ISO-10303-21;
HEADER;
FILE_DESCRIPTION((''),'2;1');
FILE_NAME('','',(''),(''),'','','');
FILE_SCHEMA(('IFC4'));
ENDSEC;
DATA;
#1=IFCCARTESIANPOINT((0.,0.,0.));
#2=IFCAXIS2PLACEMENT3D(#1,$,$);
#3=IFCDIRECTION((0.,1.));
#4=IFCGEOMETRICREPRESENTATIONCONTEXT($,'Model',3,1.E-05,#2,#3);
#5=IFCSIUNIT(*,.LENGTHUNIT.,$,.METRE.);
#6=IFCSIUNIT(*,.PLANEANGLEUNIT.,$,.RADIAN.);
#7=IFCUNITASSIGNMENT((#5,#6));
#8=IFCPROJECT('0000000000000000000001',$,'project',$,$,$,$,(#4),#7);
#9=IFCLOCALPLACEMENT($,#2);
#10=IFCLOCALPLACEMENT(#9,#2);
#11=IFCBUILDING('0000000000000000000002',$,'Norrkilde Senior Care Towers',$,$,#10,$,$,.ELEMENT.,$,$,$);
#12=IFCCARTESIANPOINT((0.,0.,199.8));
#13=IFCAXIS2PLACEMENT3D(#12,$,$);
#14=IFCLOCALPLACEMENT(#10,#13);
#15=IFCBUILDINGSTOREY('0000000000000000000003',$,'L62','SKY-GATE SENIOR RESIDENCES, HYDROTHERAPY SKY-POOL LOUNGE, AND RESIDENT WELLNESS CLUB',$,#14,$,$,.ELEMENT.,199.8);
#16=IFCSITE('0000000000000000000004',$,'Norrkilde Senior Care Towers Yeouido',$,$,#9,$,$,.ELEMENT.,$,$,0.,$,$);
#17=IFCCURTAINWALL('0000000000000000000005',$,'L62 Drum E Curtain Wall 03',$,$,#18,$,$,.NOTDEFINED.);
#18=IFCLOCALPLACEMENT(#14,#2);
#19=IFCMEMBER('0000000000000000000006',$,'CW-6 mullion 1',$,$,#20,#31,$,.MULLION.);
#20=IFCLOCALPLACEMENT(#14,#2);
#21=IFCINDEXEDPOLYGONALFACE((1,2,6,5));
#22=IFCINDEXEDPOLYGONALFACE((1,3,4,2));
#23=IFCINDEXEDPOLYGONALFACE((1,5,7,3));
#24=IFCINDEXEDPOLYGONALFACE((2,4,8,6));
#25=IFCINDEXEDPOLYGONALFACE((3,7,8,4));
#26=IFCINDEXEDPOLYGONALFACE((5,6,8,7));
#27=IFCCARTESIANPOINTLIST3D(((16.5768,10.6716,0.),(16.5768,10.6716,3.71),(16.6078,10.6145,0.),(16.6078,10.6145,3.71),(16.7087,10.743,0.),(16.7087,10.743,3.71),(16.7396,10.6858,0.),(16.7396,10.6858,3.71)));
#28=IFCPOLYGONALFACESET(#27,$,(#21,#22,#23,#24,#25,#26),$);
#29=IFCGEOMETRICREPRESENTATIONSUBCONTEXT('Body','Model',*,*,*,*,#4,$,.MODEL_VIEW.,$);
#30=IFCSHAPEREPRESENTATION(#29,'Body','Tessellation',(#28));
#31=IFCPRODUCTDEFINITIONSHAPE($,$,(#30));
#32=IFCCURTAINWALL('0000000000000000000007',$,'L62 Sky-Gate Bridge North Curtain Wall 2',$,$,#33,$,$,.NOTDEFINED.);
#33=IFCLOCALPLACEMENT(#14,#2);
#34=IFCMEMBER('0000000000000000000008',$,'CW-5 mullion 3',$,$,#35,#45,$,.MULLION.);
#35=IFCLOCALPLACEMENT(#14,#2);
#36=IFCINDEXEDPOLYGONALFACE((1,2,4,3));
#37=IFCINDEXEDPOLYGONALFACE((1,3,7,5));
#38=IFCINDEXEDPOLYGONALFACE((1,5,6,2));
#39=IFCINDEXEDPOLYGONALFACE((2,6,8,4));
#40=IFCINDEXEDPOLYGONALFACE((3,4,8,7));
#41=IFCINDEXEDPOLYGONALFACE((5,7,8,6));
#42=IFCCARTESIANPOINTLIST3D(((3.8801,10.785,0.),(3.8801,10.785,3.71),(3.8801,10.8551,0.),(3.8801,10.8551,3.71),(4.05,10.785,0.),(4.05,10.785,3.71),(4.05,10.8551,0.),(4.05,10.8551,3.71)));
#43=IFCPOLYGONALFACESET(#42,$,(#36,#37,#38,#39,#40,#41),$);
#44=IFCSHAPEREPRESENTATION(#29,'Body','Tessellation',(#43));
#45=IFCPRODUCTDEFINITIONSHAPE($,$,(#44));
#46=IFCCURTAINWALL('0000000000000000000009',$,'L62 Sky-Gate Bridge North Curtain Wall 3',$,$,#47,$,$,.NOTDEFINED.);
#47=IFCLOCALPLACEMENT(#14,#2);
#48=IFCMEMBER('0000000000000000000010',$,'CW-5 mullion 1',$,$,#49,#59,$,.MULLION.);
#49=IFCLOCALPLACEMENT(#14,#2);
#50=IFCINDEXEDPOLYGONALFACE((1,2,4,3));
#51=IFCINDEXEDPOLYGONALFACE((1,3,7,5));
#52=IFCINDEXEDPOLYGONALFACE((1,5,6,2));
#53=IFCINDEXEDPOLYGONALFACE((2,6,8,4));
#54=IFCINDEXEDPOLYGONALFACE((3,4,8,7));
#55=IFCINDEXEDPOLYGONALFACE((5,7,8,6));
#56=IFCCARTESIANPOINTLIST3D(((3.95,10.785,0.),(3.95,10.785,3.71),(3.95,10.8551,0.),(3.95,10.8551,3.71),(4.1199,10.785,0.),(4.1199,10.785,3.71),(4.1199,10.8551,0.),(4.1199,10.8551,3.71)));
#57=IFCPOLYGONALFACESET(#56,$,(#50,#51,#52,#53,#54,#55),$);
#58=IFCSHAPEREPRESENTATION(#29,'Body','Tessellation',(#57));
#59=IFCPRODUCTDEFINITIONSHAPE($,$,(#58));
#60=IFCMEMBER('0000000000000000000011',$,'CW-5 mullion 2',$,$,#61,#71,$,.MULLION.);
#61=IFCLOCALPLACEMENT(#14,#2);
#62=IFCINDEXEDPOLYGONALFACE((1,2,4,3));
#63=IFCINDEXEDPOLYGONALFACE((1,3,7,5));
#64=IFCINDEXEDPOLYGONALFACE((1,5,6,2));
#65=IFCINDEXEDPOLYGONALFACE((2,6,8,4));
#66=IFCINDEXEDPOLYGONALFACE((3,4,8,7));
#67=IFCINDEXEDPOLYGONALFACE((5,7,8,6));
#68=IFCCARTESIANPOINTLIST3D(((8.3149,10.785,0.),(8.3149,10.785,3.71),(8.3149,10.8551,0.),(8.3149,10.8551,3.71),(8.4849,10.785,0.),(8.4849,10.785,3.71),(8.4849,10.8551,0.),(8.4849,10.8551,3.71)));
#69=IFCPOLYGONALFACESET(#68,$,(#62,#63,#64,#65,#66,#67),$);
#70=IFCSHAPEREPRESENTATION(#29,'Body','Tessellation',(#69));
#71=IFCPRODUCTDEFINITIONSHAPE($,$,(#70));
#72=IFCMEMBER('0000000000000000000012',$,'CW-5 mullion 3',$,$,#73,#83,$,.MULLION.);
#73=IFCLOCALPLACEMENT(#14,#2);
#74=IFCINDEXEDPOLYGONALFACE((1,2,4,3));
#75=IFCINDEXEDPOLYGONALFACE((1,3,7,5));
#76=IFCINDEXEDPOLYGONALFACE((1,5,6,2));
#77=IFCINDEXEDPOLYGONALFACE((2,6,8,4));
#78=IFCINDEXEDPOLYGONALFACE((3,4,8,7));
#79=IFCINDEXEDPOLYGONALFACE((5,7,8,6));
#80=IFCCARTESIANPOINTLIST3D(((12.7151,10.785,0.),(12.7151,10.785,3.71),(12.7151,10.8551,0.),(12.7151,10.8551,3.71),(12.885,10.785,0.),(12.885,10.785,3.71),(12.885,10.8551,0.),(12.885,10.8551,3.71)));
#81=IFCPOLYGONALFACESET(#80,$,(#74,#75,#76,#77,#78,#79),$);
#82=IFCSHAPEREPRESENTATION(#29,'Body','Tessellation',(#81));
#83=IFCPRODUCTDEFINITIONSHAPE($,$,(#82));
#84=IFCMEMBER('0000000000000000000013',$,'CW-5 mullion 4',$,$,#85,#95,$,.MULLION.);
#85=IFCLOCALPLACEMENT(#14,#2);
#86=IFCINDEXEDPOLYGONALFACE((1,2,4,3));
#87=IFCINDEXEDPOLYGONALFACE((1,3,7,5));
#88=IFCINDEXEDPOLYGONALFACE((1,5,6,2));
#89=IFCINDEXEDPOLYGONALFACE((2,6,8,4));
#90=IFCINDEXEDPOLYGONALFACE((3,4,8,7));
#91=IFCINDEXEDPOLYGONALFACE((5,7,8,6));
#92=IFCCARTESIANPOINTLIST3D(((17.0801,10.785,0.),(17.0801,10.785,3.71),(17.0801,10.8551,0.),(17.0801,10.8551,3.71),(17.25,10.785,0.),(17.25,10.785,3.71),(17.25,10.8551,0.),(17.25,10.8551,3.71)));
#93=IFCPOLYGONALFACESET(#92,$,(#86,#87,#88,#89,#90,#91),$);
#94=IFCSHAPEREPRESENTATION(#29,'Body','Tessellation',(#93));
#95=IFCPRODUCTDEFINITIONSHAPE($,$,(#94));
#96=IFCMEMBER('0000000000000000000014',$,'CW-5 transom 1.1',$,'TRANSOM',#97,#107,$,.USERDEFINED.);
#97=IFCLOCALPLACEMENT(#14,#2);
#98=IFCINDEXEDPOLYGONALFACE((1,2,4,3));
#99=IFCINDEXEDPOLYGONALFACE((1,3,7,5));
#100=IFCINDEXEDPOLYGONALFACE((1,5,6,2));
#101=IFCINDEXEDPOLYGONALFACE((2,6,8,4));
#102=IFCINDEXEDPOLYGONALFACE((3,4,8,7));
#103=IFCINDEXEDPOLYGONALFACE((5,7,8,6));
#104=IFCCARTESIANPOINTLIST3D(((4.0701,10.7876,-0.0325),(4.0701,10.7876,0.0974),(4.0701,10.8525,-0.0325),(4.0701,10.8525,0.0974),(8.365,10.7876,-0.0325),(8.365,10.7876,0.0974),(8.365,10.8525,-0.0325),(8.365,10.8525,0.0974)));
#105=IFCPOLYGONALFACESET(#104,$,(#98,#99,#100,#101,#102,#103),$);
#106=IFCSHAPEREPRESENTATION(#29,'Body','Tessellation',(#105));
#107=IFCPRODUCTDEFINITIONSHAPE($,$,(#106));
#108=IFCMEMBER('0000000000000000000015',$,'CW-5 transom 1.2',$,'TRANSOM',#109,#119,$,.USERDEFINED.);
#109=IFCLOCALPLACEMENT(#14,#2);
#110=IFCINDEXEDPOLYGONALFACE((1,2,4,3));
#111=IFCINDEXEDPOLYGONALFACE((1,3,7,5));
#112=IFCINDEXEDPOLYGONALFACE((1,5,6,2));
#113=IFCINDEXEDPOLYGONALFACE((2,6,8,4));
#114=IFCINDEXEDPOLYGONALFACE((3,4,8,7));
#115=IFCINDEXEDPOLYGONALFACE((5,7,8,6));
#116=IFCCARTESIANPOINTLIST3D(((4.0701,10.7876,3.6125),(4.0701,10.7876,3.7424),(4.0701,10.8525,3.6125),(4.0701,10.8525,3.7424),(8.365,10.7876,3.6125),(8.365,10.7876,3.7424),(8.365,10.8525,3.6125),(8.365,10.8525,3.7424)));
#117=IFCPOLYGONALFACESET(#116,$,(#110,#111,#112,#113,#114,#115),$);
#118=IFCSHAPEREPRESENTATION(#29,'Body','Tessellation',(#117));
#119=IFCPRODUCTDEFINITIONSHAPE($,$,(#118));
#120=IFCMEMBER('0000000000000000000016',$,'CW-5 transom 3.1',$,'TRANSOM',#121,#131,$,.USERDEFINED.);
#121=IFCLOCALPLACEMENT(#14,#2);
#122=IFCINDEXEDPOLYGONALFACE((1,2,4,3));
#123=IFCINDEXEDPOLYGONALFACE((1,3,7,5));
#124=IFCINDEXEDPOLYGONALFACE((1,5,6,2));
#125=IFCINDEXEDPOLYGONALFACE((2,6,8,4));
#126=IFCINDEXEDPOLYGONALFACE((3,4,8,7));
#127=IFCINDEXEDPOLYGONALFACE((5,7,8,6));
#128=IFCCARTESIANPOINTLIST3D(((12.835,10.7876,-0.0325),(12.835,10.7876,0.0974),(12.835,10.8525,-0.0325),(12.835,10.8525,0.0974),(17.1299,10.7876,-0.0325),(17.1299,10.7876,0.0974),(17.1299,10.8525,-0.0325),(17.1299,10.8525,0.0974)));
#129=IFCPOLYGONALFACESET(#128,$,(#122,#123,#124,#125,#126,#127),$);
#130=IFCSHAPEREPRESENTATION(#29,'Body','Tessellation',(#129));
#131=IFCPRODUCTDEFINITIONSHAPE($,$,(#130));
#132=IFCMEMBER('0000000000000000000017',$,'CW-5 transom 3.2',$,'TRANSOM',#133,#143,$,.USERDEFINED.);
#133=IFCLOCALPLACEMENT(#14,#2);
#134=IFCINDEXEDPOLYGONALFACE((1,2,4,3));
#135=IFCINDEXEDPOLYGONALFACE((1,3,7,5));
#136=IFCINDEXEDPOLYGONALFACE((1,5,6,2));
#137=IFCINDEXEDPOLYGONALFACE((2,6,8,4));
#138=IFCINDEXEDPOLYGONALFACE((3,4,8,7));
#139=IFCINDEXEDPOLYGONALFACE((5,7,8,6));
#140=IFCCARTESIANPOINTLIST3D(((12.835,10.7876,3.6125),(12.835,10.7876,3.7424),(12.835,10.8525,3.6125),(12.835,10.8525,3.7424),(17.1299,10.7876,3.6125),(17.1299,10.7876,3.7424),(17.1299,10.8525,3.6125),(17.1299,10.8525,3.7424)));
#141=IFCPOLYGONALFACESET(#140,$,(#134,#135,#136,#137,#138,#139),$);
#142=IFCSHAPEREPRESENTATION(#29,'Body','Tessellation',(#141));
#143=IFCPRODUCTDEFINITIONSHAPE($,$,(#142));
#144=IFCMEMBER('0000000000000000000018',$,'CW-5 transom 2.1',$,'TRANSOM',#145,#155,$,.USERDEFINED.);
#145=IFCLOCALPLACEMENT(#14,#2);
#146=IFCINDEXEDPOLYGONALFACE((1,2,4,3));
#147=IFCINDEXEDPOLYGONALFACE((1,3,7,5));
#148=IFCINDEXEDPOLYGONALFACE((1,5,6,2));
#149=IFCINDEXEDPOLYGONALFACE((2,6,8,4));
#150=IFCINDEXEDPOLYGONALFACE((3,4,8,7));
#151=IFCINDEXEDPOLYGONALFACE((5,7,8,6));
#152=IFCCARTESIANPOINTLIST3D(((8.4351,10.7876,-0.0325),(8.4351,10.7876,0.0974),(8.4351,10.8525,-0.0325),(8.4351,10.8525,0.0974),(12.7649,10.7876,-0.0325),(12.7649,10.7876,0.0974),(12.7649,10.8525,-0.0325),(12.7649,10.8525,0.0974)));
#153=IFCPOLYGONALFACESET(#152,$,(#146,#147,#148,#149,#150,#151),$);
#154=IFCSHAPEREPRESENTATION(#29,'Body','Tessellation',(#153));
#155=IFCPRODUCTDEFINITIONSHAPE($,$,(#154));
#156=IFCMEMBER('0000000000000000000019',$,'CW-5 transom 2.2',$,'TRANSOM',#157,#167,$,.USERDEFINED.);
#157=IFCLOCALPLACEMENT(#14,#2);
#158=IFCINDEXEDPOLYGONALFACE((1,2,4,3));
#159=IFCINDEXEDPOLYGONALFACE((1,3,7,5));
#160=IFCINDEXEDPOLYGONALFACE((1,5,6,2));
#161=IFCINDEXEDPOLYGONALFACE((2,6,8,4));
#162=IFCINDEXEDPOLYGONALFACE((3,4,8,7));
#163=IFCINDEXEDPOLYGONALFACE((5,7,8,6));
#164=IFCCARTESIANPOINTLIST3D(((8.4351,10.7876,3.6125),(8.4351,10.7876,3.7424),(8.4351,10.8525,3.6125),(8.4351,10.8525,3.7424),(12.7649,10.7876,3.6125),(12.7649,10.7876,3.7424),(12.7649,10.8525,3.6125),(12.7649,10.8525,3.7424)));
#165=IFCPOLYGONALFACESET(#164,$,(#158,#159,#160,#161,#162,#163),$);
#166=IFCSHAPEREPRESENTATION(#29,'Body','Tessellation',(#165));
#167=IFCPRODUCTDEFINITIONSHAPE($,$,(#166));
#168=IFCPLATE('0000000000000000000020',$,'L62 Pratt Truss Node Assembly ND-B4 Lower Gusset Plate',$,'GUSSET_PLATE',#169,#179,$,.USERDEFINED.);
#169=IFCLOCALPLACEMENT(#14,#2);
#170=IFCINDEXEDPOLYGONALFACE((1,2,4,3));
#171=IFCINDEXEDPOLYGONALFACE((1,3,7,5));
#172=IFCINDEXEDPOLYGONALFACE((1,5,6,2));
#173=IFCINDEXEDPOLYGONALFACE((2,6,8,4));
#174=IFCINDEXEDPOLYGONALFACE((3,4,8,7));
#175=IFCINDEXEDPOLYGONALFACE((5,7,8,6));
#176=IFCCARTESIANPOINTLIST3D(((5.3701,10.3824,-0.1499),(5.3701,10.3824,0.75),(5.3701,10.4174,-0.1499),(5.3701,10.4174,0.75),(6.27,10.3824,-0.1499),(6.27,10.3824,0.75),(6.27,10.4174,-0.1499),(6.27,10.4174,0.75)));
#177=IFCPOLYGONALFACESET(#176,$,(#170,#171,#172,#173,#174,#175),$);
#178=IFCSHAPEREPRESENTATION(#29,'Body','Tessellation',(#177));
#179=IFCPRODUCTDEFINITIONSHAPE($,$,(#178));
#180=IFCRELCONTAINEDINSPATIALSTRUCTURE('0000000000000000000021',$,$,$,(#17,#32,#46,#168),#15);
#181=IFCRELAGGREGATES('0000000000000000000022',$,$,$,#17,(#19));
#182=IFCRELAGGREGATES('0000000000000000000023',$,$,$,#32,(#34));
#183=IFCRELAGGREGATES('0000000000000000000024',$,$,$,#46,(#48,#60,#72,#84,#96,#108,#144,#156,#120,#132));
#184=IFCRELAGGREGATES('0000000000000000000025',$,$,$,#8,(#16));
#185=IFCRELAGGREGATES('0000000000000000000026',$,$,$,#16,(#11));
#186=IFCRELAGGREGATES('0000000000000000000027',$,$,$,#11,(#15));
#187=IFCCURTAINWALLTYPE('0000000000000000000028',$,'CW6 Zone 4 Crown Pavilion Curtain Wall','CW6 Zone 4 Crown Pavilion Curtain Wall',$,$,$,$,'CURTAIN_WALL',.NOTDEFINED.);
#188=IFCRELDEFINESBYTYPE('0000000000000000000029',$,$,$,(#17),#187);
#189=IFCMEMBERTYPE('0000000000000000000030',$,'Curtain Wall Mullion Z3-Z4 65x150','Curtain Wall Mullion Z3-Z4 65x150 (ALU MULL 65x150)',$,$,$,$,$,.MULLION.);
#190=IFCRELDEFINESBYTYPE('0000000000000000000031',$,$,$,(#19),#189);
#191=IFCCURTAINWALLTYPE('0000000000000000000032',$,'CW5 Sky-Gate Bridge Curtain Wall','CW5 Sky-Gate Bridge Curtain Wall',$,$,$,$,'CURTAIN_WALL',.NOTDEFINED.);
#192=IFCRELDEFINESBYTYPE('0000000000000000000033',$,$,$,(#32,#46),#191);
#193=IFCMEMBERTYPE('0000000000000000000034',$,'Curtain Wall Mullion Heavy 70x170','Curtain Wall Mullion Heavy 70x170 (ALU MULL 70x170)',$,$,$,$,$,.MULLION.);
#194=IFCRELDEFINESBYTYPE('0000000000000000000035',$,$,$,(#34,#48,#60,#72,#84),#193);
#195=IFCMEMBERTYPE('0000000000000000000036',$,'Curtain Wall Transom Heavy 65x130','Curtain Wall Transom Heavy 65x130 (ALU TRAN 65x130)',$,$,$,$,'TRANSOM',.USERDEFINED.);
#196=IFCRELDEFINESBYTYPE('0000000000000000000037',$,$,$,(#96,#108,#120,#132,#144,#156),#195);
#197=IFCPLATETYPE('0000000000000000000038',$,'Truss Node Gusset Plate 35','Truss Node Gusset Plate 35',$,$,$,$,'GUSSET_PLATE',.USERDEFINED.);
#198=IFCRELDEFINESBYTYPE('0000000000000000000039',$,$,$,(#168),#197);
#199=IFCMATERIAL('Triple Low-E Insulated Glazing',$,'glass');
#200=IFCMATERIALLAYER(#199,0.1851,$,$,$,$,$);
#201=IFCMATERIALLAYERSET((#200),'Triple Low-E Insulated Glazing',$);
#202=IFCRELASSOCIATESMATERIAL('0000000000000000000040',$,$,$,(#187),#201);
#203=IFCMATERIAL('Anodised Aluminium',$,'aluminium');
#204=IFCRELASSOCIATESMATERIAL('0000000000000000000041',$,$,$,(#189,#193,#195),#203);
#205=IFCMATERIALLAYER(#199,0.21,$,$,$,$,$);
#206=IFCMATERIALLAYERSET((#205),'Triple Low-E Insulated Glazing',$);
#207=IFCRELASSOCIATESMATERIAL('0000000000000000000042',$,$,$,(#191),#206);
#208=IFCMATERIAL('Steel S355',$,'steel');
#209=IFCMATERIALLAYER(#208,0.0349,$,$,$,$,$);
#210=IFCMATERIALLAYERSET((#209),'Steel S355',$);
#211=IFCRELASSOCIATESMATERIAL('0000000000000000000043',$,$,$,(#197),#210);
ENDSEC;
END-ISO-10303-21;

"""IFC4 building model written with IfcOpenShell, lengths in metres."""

from ifc_helpers import new_model, si_unit, direction, frame, origin, origin_2d, place, context, subcontext, project, spatial, rectangle, extrude, source, transform, mapped, material, layer, layer_set, material_profile, profile_set, type_object, type_shapes, element, aggregate, save


model = new_model("IFC4")

# Units and contexts
model_context = context("Model", 3, precision=1e-05, world=origin(), true_north=direction((0.0, 1.0)))
body_context = subcontext(model_context, "Body", "Model", "MODEL_VIEW")
ifc_project = project(units=[si_unit("LENGTHUNIT", "METRE"), si_unit("PLANEANGLEUNIT", "RADIAN")], contexts=[model_context])

# Site, building, storey
site_placement = place(None, origin())
site = spatial("IfcSite", under=ifc_project, at=site_placement, Name="Norrkilde Senior Care Towers Yeouido", CompositionType="ELEMENT", RefElevation=0.0)
building_placement = place(site_placement, origin())
building = spatial("IfcBuilding", under=site, at=building_placement, Name="Norrkilde Senior Care Towers", CompositionType="ELEMENT")
storey_placement = place(building_placement, frame((0.0, 0.0, 199.8)))
storey = spatial("IfcBuildingStorey", under=building, at=storey_placement, Name="L62", Description="SKY-GATE SENIOR RESIDENCES, HYDROTHERAPY SKY-POOL LOUNGE, AND RESIDENT WELLNESS CLUB", CompositionType="ELEMENT", Elevation=199.8)

# Shared definitions
ifc_material_1 = material(Name="Steel S355", Category="steel")

# Curtain wall, member
ifc_material_2 = material(Name="Triple Low-E Insulated Glazing", Category="glass")
ifc_layer_1 = layer(ifc_material_2, 0.1851)
ifc_layer_set_1 = layer_set([ifc_layer_1], Name="Triple Low-E Insulated Glazing")
curtain_wall_type_1 = type_object("IfcCurtainWallType", Name="CW6 Zone 4 Crown Pavilion Curtain Wall", Description="CW6 Zone 4 Crown Pavilion Curtain Wall", ElementType="CURTAIN_WALL", PredefinedType="NOTDEFINED", material=ifc_layer_set_1)
curtain_wall_1_placement = place(storey_placement, origin())
curtain_wall_1 = element("IfcCurtainWall", 1, at=curtain_wall_1_placement, inside=storey, type_object=curtain_wall_type_1, Name="L62 Drum E Curtain Wall 03", PredefinedType="NOTDEFINED")
ifc_material_3 = material(Name="Anodised Aluminium", Category="aluminium")
ifc_material_profile_1 = material_profile(ifc_material_3, rectangle(XDim=0.0649, YDim=0.1499, at=origin_2d()), Name="ALU MULL 65x150")
ifc_profile_set_1 = profile_set([ifc_material_profile_1], Name="Anodised Aluminium")
member_type_1 = type_object("IfcMemberType", Name="Curtain Wall Mullion Z3-Z4 65x150", Description="Curtain Wall Mullion Z3-Z4 65x150 (ALU MULL 65x150)", PredefinedType="MULLION", material=ifc_profile_set_1)
shared_shape_1 = source(origin(), body_context, "Body", "SweptSolid", [
    extrude(rectangle(XDim=0.0649, YDim=0.1499, at=origin_2d()), origin(), (0.0, 0.0, 1.0), 3.71),
])
type_shapes(member_type_1, [shared_shape_1])
member_1_placement = place(storey_placement, frame((16.6582, 10.6787, 0.0), z_axis=(0.0, 0.0, 1.0), x_axis=(-0.476133, 0.879373, 0.0)))
member_1 = element("IfcMember", 2, at=member_1_placement, type_object=member_type_1, Name="CW-6 mullion 1", PredefinedType="MULLION", context=body_context, shape_type="MappedRepresentation", body=[
    mapped(shared_shape_1, transform((0.0, 0.0, 0.0), x_axis=(1.0, 0.0, 0.0), y_axis=(0.0, 1.0, 0.0), z_axis=(0.0, 0.0, 1.0), scale=1.0)),
])
aggregate(curtain_wall_1, [member_1])

# Curtain wall, member
ifc_layer_2 = layer(ifc_material_2, 0.21)
ifc_layer_set_2 = layer_set([ifc_layer_2], Name="Triple Low-E Insulated Glazing")
curtain_wall_type_2 = type_object("IfcCurtainWallType", Name="CW5 Sky-Gate Bridge Curtain Wall", Description="CW5 Sky-Gate Bridge Curtain Wall", ElementType="CURTAIN_WALL", PredefinedType="NOTDEFINED", material=ifc_layer_set_2)
curtain_wall_2_placement = place(storey_placement, origin())
curtain_wall_2 = element("IfcCurtainWall", 3, at=curtain_wall_2_placement, inside=storey, type_object=curtain_wall_type_2, Name="L62 Sky-Gate Bridge North Curtain Wall 2", PredefinedType="NOTDEFINED")
ifc_material_profile_2 = material_profile(ifc_material_3, rectangle(XDim=0.0701, YDim=0.1699, at=origin_2d()), Name="ALU MULL 70x170")
ifc_profile_set_2 = profile_set([ifc_material_profile_2], Name="Anodised Aluminium")
member_type_2 = type_object("IfcMemberType", Name="Curtain Wall Mullion Heavy 70x170", Description="Curtain Wall Mullion Heavy 70x170 (ALU MULL 70x170)", PredefinedType="MULLION", material=ifc_profile_set_2)
shared_shape_2 = source(origin(), body_context, "Body", "SweptSolid", [
    extrude(rectangle(XDim=0.0701, YDim=0.1699, at=origin_2d()), origin(), (0.0, 0.0, 1.0), 3.71),
])
type_shapes(member_type_2, [shared_shape_2])
member_2_placement = place(storey_placement, frame((3.9651, 10.8201, 0.0), z_axis=(0.0, 0.0, 1.0), x_axis=(0.0, 1.0, 0.0)))
member_2 = element("IfcMember", 4, at=member_2_placement, type_object=member_type_2, Name="CW-5 mullion 3", PredefinedType="MULLION", context=body_context, shape_type="MappedRepresentation", body=[
    mapped(shared_shape_2, transform((0.0, 0.0, 0.0), x_axis=(1.0, 0.0, 0.0), y_axis=(0.0, 1.0, 0.0), z_axis=(0.0, 0.0, 1.0), scale=1.0)),
])
aggregate(curtain_wall_2, [member_2])

# Curtain wall, members
curtain_wall_3_placement = place(storey_placement, origin())
curtain_wall_3 = element("IfcCurtainWall", 5, at=curtain_wall_3_placement, inside=storey, type_object=curtain_wall_type_2, Name="L62 Sky-Gate Bridge North Curtain Wall 3", PredefinedType="NOTDEFINED")
member_3_placement = place(storey_placement, frame((4.0349, 10.8201, 0.0), z_axis=(0.0, 0.0, 1.0), x_axis=(0.0, 1.0, 0.0)))
member_3 = element("IfcMember", 6, at=member_3_placement, type_object=member_type_2, Name="CW-5 mullion 1", PredefinedType="MULLION", context=body_context, shape_type="MappedRepresentation", body=[
    mapped(shared_shape_2, transform((0.0, 0.0, 0.0), x_axis=(1.0, 0.0, 0.0), y_axis=(0.0, 1.0, 0.0), z_axis=(0.0, 0.0, 1.0), scale=1.0)),
])
member_4_placement = place(storey_placement, frame((8.3999, 10.8201, 0.0), z_axis=(0.0, 0.0, 1.0), x_axis=(0.0, 1.0, 0.0)))
member_4 = element("IfcMember", 7, at=member_4_placement, type_object=member_type_2, Name="CW-5 mullion 2", PredefinedType="MULLION", context=body_context, shape_type="MappedRepresentation", body=[
    mapped(shared_shape_2, transform((0.0, 0.0, 0.0), x_axis=(1.0, 0.0, 0.0), y_axis=(0.0, 1.0, 0.0), z_axis=(0.0, 0.0, 1.0), scale=1.0)),
])
member_5_placement = place(storey_placement, frame((12.8, 10.8201, 0.0), z_axis=(0.0, 0.0, 1.0), x_axis=(0.0, 1.0, 0.0)))
member_5 = element("IfcMember", 8, at=member_5_placement, type_object=member_type_2, Name="CW-5 mullion 3", PredefinedType="MULLION", context=body_context, shape_type="MappedRepresentation", body=[
    mapped(shared_shape_2, transform((0.0, 0.0, 0.0), x_axis=(1.0, 0.0, 0.0), y_axis=(0.0, 1.0, 0.0), z_axis=(0.0, 0.0, 1.0), scale=1.0)),
])
member_6_placement = place(storey_placement, frame((17.165, 10.8201, 0.0), z_axis=(0.0, 0.0, 1.0), x_axis=(0.0, 1.0, 0.0)))
member_6 = element("IfcMember", 9, at=member_6_placement, type_object=member_type_2, Name="CW-5 mullion 4", PredefinedType="MULLION", context=body_context, shape_type="MappedRepresentation", body=[
    mapped(shared_shape_2, transform((0.0, 0.0, 0.0), x_axis=(1.0, 0.0, 0.0), y_axis=(0.0, 1.0, 0.0), z_axis=(0.0, 0.0, 1.0), scale=1.0)),
])
ifc_material_profile_3 = material_profile(ifc_material_3, rectangle(XDim=0.0649, YDim=0.1299, at=origin_2d()), Name="ALU TRAN 65x130")
ifc_profile_set_3 = profile_set([ifc_material_profile_3], Name="Anodised Aluminium")
member_type_3 = type_object("IfcMemberType", Name="Curtain Wall Transom Heavy 65x130", Description="Curtain Wall Transom Heavy 65x130 (ALU TRAN 65x130)", ElementType="TRANSOM", PredefinedType="USERDEFINED", material=ifc_profile_set_3)
shared_shape_3 = source(origin(), body_context, "Body", "SweptSolid", [
    extrude(rectangle(XDim=0.0649, YDim=0.1299, at=origin_2d()), origin(), (0.0, 0.0, 1.0), 4.2949),
])
member_7_placement = place(storey_placement, frame((4.0701, 10.8201, 0.0325), z_axis=(1.0, 0.0, 0.0), x_axis=(0.0, 1.0, 0.0)))
member_7 = element("IfcMember", 10, at=member_7_placement, type_object=member_type_3, Name="CW-5 transom 1.1", ObjectType="TRANSOM", PredefinedType="USERDEFINED", context=body_context, shape_type="MappedRepresentation", body=[
    mapped(shared_shape_3, transform((0.0, 0.0, 0.0), x_axis=(1.0, 0.0, 0.0), y_axis=(0.0, 1.0, 0.0), z_axis=(0.0, 0.0, 1.0), scale=1.0)),
])
member_8_placement = place(storey_placement, frame((4.0701, 10.8201, 3.6775), z_axis=(1.0, 0.0, 0.0), x_axis=(0.0, 1.0, 0.0)))
member_8 = element("IfcMember", 11, at=member_8_placement, type_object=member_type_3, Name="CW-5 transom 1.2", ObjectType="TRANSOM", PredefinedType="USERDEFINED", context=body_context, shape_type="MappedRepresentation", body=[
    mapped(shared_shape_3, transform((0.0, 0.0, 0.0), x_axis=(1.0, 0.0, 0.0), y_axis=(0.0, 1.0, 0.0), z_axis=(0.0, 0.0, 1.0), scale=1.0)),
])
member_9_placement = place(storey_placement, frame((12.835, 10.8201, 0.0325), z_axis=(1.0, 0.0, 0.0), x_axis=(0.0, 1.0, 0.0)))
member_9 = element("IfcMember", 12, at=member_9_placement, type_object=member_type_3, Name="CW-5 transom 3.1", ObjectType="TRANSOM", PredefinedType="USERDEFINED", context=body_context, shape_type="MappedRepresentation", body=[
    mapped(shared_shape_3, transform((0.0, 0.0, 0.0), x_axis=(1.0, 0.0, 0.0), y_axis=(0.0, 1.0, 0.0), z_axis=(0.0, 0.0, 1.0), scale=1.0)),
])
member_10_placement = place(storey_placement, frame((12.835, 10.8201, 3.6775), z_axis=(1.0, 0.0, 0.0), x_axis=(0.0, 1.0, 0.0)))
member_10 = element("IfcMember", 13, at=member_10_placement, type_object=member_type_3, Name="CW-5 transom 3.2", ObjectType="TRANSOM", PredefinedType="USERDEFINED", context=body_context, shape_type="MappedRepresentation", body=[
    mapped(shared_shape_3, transform((0.0, 0.0, 0.0), x_axis=(1.0, 0.0, 0.0), y_axis=(0.0, 1.0, 0.0), z_axis=(0.0, 0.0, 1.0), scale=1.0)),
])
shared_shape_4 = source(origin(), body_context, "Body", "SweptSolid", [
    extrude(rectangle(XDim=0.0649, YDim=0.1299, at=origin_2d()), origin(), (0.0, 0.0, 1.0), 4.3298),
])
type_shapes(member_type_3, [shared_shape_3, shared_shape_4])
member_11_placement = place(storey_placement, frame((8.4351, 10.8201, 0.0325), z_axis=(1.0, 0.0, 0.0), x_axis=(0.0, 1.0, 0.0)))
member_11 = element("IfcMember", 14, at=member_11_placement, type_object=member_type_3, Name="CW-5 transom 2.1", ObjectType="TRANSOM", PredefinedType="USERDEFINED", context=body_context, shape_type="MappedRepresentation", body=[
    mapped(shared_shape_4, transform((0.0, 0.0, 0.0), x_axis=(1.0, 0.0, 0.0), y_axis=(0.0, 1.0, 0.0), z_axis=(0.0, 0.0, 1.0), scale=1.0)),
])
member_12_placement = place(storey_placement, frame((8.4351, 10.8201, 3.6775), z_axis=(1.0, 0.0, 0.0), x_axis=(0.0, 1.0, 0.0)))
member_12 = element("IfcMember", 15, at=member_12_placement, type_object=member_type_3, Name="CW-5 transom 2.2", ObjectType="TRANSOM", PredefinedType="USERDEFINED", context=body_context, shape_type="MappedRepresentation", body=[
    mapped(shared_shape_4, transform((0.0, 0.0, 0.0), x_axis=(1.0, 0.0, 0.0), y_axis=(0.0, 1.0, 0.0), z_axis=(0.0, 0.0, 1.0), scale=1.0)),
])

# Plate
ifc_layer_3 = layer(ifc_material_1, 0.0349)
ifc_layer_set_3 = layer_set([ifc_layer_3], Name="Steel S355")
plate_type_1 = type_object("IfcPlateType", Name="Truss Node Gusset Plate 35", Description="Truss Node Gusset Plate 35", ElementType="GUSSET_PLATE", PredefinedType="USERDEFINED", material=ifc_layer_set_3)
shared_shape_5 = source(origin(), body_context, "Body", "SweptSolid", [
    extrude(rectangle(XDim=0.8999, YDim=0.0349, at=origin_2d()), origin(), (0.0, 0.0, 1.0), 0.8999),
])
type_shapes(plate_type_1, [shared_shape_5])
for number, where, z_axis, x_axis, name in (
    (16, (5.8201, 10.3999, -0.1499), (0.0, 0.0, 1.0), (1.0, 0.0, 0.0), "L62 Pratt Truss Node Assembly ND-B4 Lower Gusset Plate"),
):
    element("IfcPlate", number, at=place(storey_placement, frame(where, z_axis=z_axis, x_axis=x_axis)), inside=storey, type_object=plate_type_1, Name=name, ObjectType="GUSSET_PLATE", PredefinedType="USERDEFINED", context=body_context, shape_type="MappedRepresentation", body=[
        mapped(shared_shape_5, transform((0.0, 0.0, 0.0), x_axis=(1.0, 0.0, 0.0), y_axis=(0.0, 1.0, 0.0), z_axis=(0.0, 0.0, 1.0), scale=1.0)),
    ])

aggregate(curtain_wall_3, [member_3, member_4, member_5, member_6, member_7, member_8, member_11, member_12, member_9, member_10])

save(model, "model.ifc")
